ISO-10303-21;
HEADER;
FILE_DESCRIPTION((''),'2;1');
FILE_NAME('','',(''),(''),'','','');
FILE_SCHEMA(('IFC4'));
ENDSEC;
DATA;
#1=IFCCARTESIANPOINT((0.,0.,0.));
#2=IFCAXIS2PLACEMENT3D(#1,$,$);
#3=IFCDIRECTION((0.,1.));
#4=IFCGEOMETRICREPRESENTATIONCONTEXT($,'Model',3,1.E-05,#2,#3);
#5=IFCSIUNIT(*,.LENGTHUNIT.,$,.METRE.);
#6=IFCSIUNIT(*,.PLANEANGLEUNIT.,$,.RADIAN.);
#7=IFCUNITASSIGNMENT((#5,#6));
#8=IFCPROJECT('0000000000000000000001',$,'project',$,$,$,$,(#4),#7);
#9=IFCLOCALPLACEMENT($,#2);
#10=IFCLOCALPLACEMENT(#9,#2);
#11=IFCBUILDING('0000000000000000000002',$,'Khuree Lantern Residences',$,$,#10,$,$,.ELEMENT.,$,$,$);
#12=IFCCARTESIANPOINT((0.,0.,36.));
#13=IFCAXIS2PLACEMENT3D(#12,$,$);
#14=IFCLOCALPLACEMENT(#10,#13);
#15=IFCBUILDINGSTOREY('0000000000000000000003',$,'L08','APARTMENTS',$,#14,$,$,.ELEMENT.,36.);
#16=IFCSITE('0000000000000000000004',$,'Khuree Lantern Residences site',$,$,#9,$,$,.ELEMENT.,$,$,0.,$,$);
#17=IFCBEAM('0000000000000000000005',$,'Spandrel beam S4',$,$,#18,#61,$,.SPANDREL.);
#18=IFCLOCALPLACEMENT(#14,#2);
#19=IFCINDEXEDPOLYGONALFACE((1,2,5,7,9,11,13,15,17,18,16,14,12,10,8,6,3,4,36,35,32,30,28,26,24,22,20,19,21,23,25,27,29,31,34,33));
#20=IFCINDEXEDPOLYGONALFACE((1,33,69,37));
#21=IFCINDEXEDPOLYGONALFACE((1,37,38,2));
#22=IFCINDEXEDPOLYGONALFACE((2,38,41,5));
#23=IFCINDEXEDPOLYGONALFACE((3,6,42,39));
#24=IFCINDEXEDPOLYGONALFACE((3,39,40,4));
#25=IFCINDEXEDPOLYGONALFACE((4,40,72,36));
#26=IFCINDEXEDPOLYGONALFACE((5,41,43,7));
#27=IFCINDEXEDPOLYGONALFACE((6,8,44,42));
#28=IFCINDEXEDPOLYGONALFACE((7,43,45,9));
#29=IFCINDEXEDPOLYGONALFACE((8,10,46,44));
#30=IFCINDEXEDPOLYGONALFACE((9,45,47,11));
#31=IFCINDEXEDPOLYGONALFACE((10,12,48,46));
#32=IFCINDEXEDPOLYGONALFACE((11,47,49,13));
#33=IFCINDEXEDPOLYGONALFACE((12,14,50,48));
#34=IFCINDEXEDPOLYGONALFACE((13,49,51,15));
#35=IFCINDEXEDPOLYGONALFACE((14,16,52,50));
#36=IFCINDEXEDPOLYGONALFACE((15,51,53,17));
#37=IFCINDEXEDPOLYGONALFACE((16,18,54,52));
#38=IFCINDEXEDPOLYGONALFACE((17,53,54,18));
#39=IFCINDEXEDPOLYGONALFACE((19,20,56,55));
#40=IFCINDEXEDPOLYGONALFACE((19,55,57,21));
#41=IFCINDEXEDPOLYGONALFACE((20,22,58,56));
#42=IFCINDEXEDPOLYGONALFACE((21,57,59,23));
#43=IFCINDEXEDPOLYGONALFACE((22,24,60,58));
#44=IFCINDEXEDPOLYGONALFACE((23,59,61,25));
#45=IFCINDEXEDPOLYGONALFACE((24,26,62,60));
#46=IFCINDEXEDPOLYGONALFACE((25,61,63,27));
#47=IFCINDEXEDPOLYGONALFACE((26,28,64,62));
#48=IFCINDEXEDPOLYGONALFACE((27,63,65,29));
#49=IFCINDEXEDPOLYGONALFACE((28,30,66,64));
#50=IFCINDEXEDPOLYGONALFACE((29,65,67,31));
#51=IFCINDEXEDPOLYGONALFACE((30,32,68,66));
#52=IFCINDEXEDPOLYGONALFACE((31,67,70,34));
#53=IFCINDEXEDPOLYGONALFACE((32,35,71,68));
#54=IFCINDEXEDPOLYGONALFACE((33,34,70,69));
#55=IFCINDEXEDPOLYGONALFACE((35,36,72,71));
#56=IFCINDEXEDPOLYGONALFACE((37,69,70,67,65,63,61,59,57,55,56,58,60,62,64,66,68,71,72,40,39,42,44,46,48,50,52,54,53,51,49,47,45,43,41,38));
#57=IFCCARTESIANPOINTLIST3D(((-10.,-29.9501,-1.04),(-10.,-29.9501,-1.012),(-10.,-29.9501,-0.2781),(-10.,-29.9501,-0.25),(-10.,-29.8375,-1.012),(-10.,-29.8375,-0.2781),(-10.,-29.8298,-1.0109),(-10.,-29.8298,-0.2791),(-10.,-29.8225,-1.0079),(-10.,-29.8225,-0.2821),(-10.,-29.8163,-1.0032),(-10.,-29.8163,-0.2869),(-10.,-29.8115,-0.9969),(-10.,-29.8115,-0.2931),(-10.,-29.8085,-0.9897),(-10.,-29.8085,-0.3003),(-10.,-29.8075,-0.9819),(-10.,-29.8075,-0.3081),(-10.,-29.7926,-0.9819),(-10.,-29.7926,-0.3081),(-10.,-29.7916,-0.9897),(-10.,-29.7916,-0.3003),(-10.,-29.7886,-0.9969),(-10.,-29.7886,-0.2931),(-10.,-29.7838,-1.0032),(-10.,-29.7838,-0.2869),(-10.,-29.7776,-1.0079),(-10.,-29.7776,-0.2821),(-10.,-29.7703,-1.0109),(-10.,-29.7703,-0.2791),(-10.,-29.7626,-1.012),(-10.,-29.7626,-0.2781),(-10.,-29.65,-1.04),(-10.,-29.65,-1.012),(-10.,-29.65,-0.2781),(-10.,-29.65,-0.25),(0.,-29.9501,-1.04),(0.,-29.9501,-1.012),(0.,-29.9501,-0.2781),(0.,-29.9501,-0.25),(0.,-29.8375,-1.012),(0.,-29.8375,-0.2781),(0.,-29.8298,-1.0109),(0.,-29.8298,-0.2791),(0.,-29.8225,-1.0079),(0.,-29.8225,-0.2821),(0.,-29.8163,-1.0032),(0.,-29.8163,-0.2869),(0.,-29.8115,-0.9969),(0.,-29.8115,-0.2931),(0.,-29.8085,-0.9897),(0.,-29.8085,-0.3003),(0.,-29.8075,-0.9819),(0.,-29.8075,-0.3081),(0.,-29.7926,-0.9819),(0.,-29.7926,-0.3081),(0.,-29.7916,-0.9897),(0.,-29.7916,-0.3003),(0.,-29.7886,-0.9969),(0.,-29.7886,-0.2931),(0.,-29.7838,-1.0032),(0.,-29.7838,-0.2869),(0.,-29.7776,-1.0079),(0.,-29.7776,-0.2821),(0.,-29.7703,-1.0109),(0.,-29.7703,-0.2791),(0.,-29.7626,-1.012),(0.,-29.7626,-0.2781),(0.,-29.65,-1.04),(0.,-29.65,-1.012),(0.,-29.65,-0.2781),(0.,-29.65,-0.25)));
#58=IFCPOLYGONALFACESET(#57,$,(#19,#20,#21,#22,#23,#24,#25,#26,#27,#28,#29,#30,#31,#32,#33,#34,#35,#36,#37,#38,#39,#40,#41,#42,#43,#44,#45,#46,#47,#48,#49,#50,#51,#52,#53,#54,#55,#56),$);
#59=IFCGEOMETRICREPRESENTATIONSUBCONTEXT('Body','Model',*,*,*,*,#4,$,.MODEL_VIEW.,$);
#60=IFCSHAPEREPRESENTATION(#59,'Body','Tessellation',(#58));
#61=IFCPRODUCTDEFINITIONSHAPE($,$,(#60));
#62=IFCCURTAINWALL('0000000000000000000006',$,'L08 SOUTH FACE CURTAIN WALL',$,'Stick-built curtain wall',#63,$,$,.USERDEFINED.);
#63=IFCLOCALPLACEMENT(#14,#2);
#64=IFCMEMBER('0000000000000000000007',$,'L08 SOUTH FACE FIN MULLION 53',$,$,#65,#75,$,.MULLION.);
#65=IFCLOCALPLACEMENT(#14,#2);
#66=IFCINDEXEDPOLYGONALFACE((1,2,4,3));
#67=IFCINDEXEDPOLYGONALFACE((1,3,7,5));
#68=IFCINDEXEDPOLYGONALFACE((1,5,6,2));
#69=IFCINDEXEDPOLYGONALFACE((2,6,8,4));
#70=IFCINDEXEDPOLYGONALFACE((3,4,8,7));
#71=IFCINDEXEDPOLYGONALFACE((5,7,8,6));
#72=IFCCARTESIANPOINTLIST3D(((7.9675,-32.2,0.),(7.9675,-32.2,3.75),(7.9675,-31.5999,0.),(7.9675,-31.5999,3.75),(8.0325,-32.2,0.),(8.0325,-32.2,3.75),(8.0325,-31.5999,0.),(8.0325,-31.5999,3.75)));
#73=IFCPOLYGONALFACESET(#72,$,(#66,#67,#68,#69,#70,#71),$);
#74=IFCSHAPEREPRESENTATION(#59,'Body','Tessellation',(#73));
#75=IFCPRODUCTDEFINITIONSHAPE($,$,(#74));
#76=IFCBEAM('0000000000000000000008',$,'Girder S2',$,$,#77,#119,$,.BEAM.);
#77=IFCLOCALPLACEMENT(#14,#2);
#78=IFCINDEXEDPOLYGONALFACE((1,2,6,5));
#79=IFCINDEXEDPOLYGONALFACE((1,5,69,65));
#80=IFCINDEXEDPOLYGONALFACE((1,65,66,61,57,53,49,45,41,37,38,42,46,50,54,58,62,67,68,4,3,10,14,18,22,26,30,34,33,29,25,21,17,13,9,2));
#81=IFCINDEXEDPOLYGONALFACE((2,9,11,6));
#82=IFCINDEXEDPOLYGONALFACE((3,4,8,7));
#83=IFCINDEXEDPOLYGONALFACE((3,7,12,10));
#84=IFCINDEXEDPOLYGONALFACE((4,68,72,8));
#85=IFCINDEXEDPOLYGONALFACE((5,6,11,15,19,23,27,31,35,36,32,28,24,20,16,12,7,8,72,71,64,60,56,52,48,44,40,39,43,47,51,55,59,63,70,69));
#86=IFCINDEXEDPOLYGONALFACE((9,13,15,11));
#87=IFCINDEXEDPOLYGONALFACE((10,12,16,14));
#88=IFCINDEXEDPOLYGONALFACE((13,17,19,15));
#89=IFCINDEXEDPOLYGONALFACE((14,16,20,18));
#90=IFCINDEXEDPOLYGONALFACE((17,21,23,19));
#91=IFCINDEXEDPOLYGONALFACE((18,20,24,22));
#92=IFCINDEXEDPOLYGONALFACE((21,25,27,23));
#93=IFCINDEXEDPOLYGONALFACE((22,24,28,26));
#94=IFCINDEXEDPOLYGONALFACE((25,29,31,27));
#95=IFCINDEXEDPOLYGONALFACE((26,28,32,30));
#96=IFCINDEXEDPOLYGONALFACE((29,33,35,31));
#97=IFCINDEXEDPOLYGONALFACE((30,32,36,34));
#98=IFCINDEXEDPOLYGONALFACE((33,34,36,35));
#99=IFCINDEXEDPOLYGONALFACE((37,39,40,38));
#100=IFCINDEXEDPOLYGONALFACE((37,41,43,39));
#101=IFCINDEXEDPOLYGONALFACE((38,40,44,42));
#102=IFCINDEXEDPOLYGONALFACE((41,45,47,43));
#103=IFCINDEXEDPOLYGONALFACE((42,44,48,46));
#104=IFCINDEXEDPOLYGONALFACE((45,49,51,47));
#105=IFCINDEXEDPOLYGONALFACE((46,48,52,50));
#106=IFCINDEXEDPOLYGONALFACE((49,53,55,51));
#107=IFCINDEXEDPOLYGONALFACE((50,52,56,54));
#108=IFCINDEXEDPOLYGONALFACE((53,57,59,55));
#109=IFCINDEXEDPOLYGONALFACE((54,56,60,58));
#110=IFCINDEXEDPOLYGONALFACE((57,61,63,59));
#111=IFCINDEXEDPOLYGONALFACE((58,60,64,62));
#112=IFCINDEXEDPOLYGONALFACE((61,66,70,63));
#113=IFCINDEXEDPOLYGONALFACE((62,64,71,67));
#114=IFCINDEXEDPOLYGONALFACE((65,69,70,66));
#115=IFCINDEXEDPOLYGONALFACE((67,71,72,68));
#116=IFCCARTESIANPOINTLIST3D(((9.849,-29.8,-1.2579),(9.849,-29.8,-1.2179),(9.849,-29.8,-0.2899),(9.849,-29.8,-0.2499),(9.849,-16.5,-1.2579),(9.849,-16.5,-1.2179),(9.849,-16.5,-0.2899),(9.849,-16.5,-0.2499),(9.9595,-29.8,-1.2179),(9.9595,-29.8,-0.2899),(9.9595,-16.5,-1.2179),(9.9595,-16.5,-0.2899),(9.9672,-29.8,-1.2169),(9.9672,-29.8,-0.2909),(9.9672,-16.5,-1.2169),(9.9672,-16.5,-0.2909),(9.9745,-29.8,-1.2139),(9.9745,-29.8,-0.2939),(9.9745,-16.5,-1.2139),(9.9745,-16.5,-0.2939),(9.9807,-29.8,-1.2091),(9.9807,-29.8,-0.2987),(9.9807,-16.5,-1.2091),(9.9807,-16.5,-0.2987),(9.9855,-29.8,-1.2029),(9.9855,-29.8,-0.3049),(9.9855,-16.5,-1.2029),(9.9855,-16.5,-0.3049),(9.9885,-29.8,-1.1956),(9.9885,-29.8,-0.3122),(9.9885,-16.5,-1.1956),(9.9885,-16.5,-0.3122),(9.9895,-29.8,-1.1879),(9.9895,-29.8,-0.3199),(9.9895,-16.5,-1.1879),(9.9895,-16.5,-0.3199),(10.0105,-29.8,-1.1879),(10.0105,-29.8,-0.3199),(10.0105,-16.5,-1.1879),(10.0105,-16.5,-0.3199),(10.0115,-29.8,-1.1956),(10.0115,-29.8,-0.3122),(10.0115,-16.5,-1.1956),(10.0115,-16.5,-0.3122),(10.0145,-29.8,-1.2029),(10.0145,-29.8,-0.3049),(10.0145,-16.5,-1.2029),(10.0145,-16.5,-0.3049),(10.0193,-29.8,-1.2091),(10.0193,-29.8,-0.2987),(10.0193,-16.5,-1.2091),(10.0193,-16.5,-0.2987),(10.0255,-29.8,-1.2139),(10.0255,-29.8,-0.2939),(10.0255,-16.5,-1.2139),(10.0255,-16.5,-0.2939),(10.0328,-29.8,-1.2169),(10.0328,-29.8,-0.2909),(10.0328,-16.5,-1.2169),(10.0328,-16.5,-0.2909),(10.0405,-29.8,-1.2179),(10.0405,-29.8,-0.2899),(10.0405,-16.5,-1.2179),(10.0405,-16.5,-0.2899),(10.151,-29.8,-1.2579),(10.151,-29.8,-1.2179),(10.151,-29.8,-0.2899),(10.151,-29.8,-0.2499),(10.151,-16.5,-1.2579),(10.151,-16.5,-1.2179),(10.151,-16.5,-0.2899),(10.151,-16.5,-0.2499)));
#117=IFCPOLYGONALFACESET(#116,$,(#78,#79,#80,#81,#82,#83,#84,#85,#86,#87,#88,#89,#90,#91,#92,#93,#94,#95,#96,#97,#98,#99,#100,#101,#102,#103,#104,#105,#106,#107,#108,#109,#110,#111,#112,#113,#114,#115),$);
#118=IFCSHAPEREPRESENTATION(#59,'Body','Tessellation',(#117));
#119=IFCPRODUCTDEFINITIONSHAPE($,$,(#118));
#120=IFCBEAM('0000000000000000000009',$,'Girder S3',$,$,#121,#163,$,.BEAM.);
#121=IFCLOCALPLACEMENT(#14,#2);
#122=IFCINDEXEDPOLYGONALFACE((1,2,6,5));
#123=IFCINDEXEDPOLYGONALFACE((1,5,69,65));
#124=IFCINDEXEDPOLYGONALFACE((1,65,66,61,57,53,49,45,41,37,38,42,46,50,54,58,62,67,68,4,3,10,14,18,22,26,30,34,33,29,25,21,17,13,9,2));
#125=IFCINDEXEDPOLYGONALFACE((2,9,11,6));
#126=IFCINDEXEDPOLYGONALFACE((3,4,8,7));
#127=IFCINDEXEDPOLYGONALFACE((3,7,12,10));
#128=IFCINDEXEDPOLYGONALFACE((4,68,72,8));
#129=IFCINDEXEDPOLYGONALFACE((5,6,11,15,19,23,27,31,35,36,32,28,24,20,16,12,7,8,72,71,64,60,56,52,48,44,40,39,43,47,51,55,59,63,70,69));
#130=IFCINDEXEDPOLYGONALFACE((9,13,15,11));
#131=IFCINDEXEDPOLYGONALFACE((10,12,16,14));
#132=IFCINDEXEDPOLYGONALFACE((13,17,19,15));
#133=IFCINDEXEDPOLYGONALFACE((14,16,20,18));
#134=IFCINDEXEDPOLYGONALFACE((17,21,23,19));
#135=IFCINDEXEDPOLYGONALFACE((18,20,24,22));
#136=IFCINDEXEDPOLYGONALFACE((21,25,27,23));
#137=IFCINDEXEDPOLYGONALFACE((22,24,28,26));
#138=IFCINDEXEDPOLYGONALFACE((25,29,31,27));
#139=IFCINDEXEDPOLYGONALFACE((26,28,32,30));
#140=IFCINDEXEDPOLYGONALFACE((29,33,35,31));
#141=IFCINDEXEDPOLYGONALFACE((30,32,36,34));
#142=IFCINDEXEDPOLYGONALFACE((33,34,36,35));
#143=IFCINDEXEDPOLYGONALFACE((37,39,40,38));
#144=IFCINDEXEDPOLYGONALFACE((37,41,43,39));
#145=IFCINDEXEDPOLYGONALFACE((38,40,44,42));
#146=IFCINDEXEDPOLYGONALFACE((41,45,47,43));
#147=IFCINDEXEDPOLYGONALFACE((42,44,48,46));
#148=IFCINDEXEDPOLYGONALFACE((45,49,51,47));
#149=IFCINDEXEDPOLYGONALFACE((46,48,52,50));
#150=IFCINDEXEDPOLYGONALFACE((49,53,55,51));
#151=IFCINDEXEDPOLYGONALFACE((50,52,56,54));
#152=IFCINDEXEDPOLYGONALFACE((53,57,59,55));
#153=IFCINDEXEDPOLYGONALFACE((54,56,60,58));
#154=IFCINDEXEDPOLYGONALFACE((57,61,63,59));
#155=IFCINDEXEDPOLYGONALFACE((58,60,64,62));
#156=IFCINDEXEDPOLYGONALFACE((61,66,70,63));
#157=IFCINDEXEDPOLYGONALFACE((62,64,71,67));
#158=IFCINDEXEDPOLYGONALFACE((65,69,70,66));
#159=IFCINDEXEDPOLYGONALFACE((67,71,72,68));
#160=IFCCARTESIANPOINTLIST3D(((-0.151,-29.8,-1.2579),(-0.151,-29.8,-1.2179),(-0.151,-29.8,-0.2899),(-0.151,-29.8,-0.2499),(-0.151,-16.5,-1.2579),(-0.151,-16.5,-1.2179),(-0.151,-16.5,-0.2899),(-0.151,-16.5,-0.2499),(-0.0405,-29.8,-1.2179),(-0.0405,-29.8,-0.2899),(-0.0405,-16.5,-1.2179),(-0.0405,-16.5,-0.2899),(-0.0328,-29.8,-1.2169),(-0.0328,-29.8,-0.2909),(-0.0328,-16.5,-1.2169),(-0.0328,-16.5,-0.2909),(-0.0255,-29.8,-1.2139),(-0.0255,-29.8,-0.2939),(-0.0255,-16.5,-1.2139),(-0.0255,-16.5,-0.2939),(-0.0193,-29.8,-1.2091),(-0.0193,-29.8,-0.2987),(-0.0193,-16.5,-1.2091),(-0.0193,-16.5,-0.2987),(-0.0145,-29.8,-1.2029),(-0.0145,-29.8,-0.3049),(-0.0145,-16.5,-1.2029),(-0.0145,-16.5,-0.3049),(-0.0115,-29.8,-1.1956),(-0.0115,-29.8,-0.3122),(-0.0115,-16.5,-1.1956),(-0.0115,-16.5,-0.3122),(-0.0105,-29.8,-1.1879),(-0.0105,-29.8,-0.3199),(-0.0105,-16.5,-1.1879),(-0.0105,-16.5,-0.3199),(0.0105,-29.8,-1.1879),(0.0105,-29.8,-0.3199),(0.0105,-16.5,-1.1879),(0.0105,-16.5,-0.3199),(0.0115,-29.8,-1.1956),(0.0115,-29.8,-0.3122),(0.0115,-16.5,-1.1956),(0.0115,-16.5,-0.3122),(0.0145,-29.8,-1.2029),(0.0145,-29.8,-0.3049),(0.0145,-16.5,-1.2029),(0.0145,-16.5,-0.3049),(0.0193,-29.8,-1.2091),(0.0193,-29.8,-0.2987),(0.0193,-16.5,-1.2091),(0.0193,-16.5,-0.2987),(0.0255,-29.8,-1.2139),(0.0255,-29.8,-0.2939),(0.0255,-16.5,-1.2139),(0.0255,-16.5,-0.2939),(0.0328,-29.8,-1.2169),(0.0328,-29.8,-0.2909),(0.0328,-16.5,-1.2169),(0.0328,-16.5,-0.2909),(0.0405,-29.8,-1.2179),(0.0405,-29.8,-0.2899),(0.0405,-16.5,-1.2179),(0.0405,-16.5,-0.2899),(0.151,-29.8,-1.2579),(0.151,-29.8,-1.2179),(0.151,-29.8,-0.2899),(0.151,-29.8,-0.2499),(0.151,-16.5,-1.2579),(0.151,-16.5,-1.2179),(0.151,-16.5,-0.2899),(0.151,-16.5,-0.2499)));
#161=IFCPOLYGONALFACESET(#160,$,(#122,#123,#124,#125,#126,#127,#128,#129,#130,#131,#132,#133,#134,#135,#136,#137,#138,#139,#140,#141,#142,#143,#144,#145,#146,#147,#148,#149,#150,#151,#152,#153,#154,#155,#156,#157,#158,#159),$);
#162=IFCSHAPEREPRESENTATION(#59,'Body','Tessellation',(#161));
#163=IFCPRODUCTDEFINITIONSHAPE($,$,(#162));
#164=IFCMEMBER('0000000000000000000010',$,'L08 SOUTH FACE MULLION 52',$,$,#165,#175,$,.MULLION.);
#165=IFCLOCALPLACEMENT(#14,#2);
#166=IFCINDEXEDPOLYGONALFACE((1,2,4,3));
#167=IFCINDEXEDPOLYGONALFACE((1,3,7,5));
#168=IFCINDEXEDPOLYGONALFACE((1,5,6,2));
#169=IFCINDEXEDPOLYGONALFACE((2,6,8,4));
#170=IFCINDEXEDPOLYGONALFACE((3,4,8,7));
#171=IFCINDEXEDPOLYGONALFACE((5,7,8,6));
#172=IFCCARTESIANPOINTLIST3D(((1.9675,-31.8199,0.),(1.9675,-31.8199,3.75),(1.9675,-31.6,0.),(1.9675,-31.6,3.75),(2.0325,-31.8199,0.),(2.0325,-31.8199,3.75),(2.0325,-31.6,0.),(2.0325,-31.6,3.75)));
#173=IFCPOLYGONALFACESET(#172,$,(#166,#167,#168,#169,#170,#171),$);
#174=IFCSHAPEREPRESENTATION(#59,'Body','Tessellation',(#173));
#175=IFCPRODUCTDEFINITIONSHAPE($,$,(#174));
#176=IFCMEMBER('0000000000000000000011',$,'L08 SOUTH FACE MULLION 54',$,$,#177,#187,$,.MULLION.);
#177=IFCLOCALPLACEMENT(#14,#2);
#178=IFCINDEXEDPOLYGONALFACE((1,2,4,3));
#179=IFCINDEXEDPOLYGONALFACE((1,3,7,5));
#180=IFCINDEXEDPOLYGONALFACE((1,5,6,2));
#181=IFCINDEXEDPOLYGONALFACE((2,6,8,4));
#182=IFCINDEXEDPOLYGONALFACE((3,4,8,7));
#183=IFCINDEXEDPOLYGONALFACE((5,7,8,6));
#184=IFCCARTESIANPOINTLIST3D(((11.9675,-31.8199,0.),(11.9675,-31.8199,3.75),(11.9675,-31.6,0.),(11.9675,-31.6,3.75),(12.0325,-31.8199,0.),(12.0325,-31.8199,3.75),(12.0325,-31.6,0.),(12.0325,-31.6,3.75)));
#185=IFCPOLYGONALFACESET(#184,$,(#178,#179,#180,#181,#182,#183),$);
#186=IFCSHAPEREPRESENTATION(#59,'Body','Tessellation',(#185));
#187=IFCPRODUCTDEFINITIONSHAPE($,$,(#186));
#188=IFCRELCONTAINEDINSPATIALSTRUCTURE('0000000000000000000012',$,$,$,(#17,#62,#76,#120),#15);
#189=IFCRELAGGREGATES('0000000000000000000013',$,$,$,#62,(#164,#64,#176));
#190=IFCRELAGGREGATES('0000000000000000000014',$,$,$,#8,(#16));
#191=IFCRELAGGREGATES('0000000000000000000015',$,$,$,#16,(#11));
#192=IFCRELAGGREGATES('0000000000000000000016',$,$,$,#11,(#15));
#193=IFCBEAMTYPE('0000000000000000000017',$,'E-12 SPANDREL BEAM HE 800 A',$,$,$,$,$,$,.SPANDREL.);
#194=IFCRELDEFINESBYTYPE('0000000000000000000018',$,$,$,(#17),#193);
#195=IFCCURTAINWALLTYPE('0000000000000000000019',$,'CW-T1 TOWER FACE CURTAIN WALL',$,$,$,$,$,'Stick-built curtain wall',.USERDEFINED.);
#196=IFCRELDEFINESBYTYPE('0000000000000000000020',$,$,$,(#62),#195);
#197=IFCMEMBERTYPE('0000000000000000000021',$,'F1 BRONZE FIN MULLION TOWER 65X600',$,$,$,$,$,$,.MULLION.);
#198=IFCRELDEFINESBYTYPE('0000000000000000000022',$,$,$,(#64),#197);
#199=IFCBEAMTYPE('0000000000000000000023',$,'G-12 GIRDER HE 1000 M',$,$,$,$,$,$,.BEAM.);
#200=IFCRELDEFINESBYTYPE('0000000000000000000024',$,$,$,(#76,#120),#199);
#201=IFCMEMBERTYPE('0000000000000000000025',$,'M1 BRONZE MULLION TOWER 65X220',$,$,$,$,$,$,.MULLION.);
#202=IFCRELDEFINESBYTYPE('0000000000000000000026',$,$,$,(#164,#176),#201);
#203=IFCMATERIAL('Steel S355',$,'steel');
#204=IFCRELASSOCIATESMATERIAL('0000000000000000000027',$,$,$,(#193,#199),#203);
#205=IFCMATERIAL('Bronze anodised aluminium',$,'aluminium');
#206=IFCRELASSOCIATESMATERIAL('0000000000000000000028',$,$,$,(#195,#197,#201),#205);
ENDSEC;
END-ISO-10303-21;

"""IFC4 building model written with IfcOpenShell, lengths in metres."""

from ifc_helpers import new_model, si_unit, direction, frame, origin, origin_2d, place, context, subcontext, project, spatial, rectangle, i_section, extrude, material, material_profile, profile_set, type_object, element, aggregate, save


model = new_model("IFC4")

# Units and contexts
model_context = context("Model", 3, precision=1e-05, world=origin(), true_north=direction((0.0, 1.0)))
body_context = subcontext(model_context, "Body", "Model", "MODEL_VIEW")
ifc_project = project(units=[si_unit("LENGTHUNIT", "METRE"), si_unit("PLANEANGLEUNIT", "RADIAN")], contexts=[model_context])

# Site, building, storey
site_placement = place(None, origin())
site = spatial("IfcSite", under=ifc_project, at=site_placement, Name="Khuree Lantern Residences site", CompositionType="ELEMENT", RefElevation=0.0)
building_placement = place(site_placement, origin())
building = spatial("IfcBuilding", under=site, at=building_placement, Name="Khuree Lantern Residences", CompositionType="ELEMENT")
storey_placement = place(building_placement, frame((0.0, 0.0, 36.0)))
storey = spatial("IfcBuildingStorey", under=building, at=storey_placement, Name="L08", Description="APARTMENTS", CompositionType="ELEMENT", Elevation=36.0)

# Beam
ifc_material_1 = material(Name="Steel S355", Category="steel")
ifc_material_profile_1 = material_profile(ifc_material_1, i_section(OverallWidth=0.3, OverallDepth=0.79, WebThickness=0.0149, FlangeThickness=0.0281, FilletRadius=0.03, at=origin_2d()), Name="HE 800 A")
ifc_profile_set_1 = profile_set([ifc_material_profile_1], Name="Steel S355")
beam_type_1 = type_object("IfcBeamType", Name="E-12 SPANDREL BEAM HE 800 A", PredefinedType="SPANDREL", material=ifc_profile_set_1)
for number, where, z_axis, x_axis, name in (
    (1, (0.0, -29.8, -0.645), (-1.0, 0.0, 0.0), (0.0, -1.0, 0.0), "Spandrel beam S4"),
):
    element("IfcBeam", number, at=place(storey_placement, frame(where, z_axis=z_axis, x_axis=x_axis)), inside=storey, type_object=beam_type_1, Name=name, PredefinedType="SPANDREL", context=body_context, shape_type="SweptSolid", body=[
        extrude(i_section(OverallWidth=0.3, OverallDepth=0.79, WebThickness=0.0149, FlangeThickness=0.0281, FilletRadius=0.03, at=origin_2d()), origin(), (0.0, 0.0, 1.0), 10.0),
    ])

# Curtain wall, member
ifc_material_2 = material(Name="Bronze anodised aluminium", Category="aluminium")
curtain_wall_type = type_object("IfcCurtainWallType", Name="CW-T1 TOWER FACE CURTAIN WALL", ElementType="Stick-built curtain wall", PredefinedType="USERDEFINED", material=ifc_material_2)
curtain_wall_placement = place(storey_placement, origin())
curtain_wall = element("IfcCurtainWall", 2, at=curtain_wall_placement, inside=storey, type_object=curtain_wall_type, Name="L08 SOUTH FACE CURTAIN WALL", ObjectType="Stick-built curtain wall", PredefinedType="USERDEFINED")
ifc_material_profile_2 = material_profile(ifc_material_2, rectangle(XDim=0.0649, YDim=0.6001, at=origin_2d()), Name="F1 65X600")
ifc_profile_set_2 = profile_set([ifc_material_profile_2], Name="Bronze anodised aluminium")
member_type_1 = type_object("IfcMemberType", Name="F1 BRONZE FIN MULLION TOWER 65X600", PredefinedType="MULLION", material=ifc_profile_set_2)
member_1_placement = place(storey_placement, frame((8.0, -31.8999, 0.0), z_axis=(0.0, 0.0, 1.0), x_axis=(1.0, 0.0, 0.0)))
member_1 = element("IfcMember", 3, at=member_1_placement, type_object=member_type_1, Name="L08 SOUTH FACE FIN MULLION 53", PredefinedType="MULLION", context=body_context, shape_type="SweptSolid", body=[
    extrude(rectangle(XDim=0.0649, YDim=0.6001, at=origin_2d()), origin(), (0.0, 0.0, 1.0), 3.75),
])

# Beams
ifc_material_profile_3 = material_profile(ifc_material_1, i_section(OverallWidth=0.302, OverallDepth=1.0081, WebThickness=0.021, FlangeThickness=0.04, FilletRadius=0.03, at=origin_2d()), Name="HE 1000 M")
ifc_profile_set_3 = profile_set([ifc_material_profile_3], Name="Steel S355")
beam_type_2 = type_object("IfcBeamType", Name="G-12 GIRDER HE 1000 M", PredefinedType="BEAM", material=ifc_profile_set_3)
for number, where, z_axis, x_axis, name in (
    (4, (10.0, -29.8, -0.7539), (0.0, 1.0, 0.0), (-1.0, 0.0, 0.0), "Girder S2"),
    (5, (0.0, -29.8, -0.7539), (0.0, 1.0, 0.0), (-1.0, 0.0, 0.0), "Girder S3"),
):
    element("IfcBeam", number, at=place(storey_placement, frame(where, z_axis=z_axis, x_axis=x_axis)), inside=storey, type_object=beam_type_2, Name=name, PredefinedType="BEAM", context=body_context, shape_type="SweptSolid", body=[
        extrude(i_section(OverallWidth=0.302, OverallDepth=1.0081, WebThickness=0.021, FlangeThickness=0.04, FilletRadius=0.03, at=origin_2d()), origin(), (0.0, 0.0, 1.0), 13.3),
    ])

# Members
ifc_material_profile_4 = material_profile(ifc_material_2, rectangle(XDim=0.0649, YDim=0.22, at=origin_2d()), Name="M1 65X220")
ifc_profile_set_4 = profile_set([ifc_material_profile_4], Name="Bronze anodised aluminium")
member_type_2 = type_object("IfcMemberType", Name="M1 BRONZE MULLION TOWER 65X220", PredefinedType="MULLION", material=ifc_profile_set_4)
member_2_placement = place(storey_placement, frame((2.0, -31.71, 0.0), z_axis=(0.0, 0.0, 1.0), x_axis=(1.0, 0.0, 0.0)))
member_2 = element("IfcMember", 6, at=member_2_placement, type_object=member_type_2, Name="L08 SOUTH FACE MULLION 52", PredefinedType="MULLION", context=body_context, shape_type="SweptSolid", body=[
    extrude(rectangle(XDim=0.0649, YDim=0.22, at=origin_2d()), origin(), (0.0, 0.0, 1.0), 3.75),
])
member_3_placement = place(storey_placement, frame((12.0, -31.71, 0.0), z_axis=(0.0, 0.0, 1.0), x_axis=(1.0, 0.0, 0.0)))
member_3 = element("IfcMember", 7, at=member_3_placement, type_object=member_type_2, Name="L08 SOUTH FACE MULLION 54", PredefinedType="MULLION", context=body_context, shape_type="SweptSolid", body=[
    extrude(rectangle(XDim=0.0649, YDim=0.22, at=origin_2d()), origin(), (0.0, 0.0, 1.0), 3.75),
])

aggregate(curtain_wall, [member_2, member_1, member_3])

save(model, "model.ifc")
